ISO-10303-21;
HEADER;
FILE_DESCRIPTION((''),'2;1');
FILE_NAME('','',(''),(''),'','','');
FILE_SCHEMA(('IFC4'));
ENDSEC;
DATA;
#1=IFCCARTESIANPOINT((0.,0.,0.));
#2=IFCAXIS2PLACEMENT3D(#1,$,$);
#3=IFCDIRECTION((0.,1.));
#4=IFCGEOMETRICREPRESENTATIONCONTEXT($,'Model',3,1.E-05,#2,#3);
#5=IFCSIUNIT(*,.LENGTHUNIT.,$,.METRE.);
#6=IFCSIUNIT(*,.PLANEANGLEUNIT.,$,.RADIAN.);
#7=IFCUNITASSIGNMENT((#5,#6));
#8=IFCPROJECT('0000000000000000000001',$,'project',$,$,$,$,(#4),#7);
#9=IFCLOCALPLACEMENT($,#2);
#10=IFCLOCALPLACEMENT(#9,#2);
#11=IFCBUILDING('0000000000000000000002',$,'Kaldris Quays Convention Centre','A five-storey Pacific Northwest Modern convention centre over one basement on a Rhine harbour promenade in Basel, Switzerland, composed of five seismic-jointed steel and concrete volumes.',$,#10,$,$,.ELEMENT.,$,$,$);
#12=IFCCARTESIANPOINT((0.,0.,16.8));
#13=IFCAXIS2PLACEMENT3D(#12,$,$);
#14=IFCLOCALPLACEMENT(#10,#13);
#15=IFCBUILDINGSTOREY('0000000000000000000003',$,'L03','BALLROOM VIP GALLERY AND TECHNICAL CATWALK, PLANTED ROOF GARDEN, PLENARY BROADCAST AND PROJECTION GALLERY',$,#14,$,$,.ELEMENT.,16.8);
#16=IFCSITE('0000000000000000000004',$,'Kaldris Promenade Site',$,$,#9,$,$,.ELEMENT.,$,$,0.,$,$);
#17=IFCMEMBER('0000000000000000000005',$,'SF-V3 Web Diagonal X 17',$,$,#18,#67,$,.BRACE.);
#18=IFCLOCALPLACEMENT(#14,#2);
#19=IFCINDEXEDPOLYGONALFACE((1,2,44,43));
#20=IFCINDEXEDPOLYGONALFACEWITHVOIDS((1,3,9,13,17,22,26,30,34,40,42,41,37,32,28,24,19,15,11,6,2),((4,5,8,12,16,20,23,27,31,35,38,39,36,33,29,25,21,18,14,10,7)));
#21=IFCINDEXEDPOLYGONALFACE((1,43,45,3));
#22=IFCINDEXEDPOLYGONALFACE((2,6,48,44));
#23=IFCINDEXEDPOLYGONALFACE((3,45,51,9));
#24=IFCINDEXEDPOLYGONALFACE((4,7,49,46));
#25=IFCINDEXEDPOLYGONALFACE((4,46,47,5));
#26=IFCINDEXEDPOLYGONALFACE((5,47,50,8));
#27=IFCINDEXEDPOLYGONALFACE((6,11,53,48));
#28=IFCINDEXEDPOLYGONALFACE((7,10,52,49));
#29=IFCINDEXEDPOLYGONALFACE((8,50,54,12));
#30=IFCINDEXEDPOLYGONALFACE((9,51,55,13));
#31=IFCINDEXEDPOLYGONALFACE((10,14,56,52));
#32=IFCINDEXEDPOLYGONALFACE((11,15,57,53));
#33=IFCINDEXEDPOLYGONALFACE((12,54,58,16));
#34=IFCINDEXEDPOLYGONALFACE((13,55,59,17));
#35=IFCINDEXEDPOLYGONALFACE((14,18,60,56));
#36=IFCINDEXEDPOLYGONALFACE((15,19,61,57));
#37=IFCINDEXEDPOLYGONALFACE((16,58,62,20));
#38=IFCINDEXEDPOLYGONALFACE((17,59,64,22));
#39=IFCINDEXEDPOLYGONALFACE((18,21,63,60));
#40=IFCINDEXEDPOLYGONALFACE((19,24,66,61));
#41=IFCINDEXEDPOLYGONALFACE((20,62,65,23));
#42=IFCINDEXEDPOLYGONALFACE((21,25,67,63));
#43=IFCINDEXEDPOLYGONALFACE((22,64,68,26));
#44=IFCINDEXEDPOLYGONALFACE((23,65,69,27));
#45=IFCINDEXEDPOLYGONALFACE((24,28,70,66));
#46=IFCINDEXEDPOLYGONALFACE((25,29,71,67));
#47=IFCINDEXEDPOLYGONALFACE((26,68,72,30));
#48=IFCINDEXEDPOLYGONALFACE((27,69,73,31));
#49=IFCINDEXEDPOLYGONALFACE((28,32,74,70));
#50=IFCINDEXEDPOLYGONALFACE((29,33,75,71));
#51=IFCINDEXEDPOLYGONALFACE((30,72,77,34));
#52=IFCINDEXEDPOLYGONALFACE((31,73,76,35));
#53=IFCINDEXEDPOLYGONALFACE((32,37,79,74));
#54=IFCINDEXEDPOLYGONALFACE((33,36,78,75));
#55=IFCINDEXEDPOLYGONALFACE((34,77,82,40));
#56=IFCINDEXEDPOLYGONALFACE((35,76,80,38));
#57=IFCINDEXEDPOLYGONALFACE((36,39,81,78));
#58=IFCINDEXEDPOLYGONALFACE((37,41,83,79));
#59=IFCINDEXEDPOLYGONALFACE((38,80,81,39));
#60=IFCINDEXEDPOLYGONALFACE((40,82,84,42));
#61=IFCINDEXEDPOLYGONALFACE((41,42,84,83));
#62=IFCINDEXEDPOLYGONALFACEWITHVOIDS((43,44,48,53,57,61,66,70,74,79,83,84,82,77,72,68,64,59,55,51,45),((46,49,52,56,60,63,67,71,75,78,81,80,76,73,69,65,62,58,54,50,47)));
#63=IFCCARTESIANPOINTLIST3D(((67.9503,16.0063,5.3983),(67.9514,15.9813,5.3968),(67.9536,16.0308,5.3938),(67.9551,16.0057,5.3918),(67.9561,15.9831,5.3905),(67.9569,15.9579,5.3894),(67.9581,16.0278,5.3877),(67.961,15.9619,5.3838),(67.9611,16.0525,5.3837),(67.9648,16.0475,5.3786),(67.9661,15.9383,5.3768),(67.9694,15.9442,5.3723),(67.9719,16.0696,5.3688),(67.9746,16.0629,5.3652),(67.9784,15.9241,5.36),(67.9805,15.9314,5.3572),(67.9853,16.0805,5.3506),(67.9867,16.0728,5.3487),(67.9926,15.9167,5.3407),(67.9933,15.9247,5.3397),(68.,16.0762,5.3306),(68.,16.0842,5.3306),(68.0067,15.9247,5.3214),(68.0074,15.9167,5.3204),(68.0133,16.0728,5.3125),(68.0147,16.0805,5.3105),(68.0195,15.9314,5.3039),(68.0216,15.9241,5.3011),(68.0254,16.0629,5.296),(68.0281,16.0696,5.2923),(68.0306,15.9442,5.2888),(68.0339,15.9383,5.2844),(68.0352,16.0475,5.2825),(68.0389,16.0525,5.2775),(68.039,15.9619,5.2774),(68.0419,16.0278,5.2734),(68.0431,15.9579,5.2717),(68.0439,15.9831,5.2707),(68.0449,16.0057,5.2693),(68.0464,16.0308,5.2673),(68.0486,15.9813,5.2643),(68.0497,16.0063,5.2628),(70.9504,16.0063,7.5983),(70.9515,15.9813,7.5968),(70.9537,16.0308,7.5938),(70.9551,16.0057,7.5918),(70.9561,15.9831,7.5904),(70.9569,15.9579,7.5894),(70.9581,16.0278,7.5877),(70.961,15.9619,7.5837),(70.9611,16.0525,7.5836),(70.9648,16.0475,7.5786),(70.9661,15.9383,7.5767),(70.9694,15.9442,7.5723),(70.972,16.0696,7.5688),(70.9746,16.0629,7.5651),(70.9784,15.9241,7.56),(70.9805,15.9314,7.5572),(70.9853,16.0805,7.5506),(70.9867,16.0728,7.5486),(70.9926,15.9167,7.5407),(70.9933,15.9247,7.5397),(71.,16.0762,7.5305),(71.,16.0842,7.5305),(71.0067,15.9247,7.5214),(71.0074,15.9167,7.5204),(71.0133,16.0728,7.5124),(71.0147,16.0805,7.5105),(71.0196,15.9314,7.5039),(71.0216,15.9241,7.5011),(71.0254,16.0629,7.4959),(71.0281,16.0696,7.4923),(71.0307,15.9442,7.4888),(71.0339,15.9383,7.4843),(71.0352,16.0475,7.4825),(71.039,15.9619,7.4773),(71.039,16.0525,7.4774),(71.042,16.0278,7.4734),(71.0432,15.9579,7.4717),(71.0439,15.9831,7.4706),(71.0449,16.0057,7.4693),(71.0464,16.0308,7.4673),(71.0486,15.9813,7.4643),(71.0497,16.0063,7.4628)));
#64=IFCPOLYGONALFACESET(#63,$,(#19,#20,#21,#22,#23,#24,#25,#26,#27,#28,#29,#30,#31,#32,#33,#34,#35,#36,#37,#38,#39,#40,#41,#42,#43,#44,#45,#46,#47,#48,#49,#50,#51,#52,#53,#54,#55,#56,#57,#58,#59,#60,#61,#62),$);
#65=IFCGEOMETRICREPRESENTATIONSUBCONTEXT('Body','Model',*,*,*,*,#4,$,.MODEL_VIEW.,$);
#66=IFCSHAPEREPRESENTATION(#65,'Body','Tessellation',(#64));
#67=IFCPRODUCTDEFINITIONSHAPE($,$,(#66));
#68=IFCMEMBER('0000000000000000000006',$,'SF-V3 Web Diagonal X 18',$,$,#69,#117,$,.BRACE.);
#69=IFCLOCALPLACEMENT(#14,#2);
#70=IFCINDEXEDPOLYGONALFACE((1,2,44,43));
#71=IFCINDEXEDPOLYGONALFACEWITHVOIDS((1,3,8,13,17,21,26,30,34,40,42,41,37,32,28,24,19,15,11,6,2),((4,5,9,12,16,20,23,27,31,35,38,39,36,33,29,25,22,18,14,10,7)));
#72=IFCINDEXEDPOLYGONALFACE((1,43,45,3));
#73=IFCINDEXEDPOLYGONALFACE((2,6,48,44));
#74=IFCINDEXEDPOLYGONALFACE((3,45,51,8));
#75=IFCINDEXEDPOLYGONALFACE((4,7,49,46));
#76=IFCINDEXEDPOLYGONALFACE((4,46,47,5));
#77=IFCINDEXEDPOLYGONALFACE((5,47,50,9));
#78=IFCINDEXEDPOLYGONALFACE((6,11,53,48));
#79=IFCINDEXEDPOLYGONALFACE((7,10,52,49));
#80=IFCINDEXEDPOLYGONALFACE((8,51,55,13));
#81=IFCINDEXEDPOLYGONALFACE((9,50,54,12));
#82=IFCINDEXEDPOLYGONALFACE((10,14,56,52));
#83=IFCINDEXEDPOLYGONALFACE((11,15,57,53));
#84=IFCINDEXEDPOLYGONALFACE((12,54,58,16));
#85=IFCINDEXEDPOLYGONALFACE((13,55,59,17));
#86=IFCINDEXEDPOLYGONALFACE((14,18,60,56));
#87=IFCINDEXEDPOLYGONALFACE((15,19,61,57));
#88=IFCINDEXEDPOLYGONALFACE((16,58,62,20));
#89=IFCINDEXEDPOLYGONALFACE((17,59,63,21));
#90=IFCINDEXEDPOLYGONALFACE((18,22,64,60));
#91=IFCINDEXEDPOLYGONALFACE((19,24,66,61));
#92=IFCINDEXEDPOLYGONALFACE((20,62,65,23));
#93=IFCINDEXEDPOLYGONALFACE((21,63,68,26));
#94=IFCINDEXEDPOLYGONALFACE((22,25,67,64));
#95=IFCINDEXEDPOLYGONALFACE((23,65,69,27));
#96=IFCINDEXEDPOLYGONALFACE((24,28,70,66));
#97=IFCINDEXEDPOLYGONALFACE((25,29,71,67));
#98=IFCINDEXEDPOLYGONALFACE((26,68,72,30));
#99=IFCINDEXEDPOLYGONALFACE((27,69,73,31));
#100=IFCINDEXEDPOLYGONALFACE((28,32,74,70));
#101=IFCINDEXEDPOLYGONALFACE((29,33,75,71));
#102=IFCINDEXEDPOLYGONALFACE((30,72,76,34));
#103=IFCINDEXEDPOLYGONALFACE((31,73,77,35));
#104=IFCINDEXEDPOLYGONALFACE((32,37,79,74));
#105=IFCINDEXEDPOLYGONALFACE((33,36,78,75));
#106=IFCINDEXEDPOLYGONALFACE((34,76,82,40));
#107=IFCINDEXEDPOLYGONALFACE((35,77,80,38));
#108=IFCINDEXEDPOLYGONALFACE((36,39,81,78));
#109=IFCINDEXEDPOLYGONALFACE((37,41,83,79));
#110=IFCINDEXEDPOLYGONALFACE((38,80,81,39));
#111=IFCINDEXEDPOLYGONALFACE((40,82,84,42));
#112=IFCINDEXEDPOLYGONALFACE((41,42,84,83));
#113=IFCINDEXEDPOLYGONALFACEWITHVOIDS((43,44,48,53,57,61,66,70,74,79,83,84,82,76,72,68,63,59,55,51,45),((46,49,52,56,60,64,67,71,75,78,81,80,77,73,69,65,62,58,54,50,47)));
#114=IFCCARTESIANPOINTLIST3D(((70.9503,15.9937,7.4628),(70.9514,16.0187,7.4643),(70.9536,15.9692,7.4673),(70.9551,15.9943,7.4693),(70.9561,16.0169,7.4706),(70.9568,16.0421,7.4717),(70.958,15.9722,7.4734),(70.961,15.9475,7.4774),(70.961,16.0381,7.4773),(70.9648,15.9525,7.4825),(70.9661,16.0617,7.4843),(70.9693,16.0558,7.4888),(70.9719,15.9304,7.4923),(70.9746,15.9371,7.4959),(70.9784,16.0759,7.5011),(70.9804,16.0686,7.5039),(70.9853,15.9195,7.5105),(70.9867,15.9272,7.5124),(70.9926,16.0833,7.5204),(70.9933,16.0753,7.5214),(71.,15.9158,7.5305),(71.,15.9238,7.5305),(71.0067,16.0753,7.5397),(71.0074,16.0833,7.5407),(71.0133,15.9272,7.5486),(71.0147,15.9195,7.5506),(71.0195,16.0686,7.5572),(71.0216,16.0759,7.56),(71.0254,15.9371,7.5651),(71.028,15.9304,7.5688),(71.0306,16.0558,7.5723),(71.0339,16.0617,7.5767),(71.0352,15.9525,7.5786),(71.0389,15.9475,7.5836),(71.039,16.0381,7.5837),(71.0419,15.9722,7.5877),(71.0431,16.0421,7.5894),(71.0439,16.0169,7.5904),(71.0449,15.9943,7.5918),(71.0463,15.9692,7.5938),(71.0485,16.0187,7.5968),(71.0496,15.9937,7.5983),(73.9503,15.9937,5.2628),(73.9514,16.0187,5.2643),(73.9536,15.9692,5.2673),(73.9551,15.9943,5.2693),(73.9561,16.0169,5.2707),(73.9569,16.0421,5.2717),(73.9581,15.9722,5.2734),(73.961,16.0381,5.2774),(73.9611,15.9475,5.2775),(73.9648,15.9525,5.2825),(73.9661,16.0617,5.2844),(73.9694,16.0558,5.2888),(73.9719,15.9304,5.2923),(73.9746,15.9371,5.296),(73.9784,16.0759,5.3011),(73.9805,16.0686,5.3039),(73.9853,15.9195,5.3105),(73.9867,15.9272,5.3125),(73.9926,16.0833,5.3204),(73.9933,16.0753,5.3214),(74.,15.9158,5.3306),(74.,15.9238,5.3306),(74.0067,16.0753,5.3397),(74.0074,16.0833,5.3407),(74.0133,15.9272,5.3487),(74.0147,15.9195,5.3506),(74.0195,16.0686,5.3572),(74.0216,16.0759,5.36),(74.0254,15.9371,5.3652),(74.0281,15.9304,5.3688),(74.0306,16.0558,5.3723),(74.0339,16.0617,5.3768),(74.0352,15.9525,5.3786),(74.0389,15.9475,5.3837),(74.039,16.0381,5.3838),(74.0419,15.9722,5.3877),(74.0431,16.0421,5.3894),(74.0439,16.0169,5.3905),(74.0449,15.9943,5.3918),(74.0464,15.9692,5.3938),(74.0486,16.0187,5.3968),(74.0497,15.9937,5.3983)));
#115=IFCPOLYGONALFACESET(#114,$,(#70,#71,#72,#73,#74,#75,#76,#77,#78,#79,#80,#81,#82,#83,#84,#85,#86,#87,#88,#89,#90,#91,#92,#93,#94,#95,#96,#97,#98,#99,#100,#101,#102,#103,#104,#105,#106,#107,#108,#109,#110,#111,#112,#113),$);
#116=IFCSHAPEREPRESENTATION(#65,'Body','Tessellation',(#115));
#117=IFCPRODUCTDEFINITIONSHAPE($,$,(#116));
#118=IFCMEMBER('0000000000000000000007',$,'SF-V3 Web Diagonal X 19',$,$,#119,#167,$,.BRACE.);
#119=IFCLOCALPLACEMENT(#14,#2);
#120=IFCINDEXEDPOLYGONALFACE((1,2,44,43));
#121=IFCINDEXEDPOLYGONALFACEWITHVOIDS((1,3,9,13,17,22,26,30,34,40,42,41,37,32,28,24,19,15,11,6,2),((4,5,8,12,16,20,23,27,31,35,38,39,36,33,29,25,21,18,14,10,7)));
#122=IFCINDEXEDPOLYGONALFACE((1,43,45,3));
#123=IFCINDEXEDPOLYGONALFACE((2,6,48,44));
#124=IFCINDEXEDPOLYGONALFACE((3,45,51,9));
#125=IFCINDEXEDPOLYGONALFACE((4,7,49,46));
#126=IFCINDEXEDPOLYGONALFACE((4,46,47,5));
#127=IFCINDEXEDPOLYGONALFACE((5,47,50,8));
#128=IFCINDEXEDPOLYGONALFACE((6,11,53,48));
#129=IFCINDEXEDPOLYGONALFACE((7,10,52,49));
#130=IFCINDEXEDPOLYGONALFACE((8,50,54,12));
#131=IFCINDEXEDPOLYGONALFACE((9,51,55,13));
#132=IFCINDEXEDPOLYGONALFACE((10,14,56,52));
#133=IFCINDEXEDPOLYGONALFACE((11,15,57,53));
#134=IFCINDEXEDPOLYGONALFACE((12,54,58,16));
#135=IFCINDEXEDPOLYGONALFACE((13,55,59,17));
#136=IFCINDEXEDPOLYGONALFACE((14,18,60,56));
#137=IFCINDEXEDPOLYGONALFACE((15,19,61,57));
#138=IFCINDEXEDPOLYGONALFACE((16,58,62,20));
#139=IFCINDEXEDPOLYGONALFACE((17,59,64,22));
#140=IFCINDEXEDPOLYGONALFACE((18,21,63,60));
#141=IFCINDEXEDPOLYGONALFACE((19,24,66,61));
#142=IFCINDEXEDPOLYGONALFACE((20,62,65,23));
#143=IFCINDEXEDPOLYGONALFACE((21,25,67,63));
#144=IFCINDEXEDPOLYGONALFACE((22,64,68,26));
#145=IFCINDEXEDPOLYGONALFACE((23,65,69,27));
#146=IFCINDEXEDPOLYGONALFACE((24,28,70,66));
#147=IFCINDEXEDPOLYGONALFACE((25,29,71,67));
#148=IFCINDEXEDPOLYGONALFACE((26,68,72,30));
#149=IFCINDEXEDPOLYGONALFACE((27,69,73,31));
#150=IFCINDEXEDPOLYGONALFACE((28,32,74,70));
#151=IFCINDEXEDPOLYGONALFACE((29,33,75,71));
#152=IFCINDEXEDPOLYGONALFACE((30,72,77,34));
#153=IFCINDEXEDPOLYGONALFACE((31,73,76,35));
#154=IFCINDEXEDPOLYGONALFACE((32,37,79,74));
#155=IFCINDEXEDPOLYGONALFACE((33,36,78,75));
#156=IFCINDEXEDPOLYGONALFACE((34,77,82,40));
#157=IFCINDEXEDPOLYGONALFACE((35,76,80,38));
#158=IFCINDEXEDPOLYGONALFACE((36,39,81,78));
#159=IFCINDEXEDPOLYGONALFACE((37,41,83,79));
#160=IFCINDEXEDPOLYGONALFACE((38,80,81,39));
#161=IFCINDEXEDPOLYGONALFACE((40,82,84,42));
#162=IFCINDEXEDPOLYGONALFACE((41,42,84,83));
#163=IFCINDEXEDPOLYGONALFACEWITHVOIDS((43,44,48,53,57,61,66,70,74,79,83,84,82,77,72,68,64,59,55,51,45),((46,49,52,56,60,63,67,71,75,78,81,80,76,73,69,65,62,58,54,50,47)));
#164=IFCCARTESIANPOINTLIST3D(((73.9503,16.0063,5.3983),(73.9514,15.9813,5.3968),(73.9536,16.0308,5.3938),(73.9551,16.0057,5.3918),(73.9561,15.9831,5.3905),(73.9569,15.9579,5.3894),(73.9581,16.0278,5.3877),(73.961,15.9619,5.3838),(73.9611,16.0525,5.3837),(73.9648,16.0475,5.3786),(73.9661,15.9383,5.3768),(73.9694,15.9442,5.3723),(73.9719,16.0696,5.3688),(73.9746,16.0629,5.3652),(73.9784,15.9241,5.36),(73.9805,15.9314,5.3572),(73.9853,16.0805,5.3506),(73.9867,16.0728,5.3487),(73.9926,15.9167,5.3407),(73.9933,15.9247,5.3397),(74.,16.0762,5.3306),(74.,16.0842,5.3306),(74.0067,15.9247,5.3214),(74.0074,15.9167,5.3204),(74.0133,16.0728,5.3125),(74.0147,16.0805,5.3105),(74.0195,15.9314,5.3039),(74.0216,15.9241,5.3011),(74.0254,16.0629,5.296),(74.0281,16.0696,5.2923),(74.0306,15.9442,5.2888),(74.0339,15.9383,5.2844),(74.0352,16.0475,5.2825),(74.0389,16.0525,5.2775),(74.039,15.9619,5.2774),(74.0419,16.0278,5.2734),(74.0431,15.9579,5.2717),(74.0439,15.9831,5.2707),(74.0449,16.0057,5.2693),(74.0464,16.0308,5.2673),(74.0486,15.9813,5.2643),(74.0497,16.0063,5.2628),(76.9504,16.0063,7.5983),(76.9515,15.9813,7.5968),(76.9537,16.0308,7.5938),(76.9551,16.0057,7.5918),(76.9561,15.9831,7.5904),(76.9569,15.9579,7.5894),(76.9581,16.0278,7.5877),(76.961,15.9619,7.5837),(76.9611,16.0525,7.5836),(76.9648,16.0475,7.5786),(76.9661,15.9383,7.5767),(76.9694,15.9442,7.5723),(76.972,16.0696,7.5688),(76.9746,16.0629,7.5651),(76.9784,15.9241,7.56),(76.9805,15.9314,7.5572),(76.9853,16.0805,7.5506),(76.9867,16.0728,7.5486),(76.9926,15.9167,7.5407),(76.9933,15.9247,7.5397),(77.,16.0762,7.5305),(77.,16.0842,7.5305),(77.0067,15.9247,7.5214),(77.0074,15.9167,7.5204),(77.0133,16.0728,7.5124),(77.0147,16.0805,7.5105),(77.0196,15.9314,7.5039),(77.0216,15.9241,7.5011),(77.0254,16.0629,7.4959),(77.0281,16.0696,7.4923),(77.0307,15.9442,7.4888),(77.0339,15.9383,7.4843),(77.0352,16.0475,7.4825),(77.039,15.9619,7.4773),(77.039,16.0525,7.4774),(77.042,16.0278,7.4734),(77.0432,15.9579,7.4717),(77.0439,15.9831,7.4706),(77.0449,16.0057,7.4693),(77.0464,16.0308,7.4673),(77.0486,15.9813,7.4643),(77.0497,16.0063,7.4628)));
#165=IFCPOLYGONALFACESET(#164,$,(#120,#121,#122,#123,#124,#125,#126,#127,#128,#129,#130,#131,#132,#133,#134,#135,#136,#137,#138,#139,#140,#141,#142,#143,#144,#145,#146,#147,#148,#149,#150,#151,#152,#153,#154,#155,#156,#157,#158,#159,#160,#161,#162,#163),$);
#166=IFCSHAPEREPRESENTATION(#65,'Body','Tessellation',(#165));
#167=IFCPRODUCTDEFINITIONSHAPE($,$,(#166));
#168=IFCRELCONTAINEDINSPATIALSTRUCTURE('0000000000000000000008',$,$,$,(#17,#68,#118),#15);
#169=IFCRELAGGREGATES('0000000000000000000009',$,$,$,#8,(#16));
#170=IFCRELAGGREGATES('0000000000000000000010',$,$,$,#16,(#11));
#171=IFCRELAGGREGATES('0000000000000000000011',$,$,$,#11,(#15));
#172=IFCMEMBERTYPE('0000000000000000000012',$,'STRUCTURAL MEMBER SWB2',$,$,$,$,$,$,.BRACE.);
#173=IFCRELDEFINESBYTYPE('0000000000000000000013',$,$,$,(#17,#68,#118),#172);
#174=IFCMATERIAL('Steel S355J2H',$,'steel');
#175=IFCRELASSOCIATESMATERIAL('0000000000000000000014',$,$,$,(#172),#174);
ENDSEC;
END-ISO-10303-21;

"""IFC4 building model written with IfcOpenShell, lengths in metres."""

from ifc_helpers import new_model, si_unit, direction, frame, origin, origin_2d, place, context, subcontext, project, spatial, hollow_circle, extrude, material, material_profile, profile_set, type_object, element, save


model = new_model("IFC4")

# Units and contexts
model_context = context("Model", 3, precision=1e-05, world=origin(), true_north=direction((0.0, 1.0)))
body_context = subcontext(model_context, "Body", "Model", "MODEL_VIEW")
ifc_project = project(units=[si_unit("LENGTHUNIT", "METRE"), si_unit("PLANEANGLEUNIT", "RADIAN")], contexts=[model_context])

# Site, building, storey
site_placement = place(None, origin())
site = spatial("IfcSite", under=ifc_project, at=site_placement, Name="Kaldris Promenade Site", CompositionType="ELEMENT", RefElevation=0.0)
building_placement = place(site_placement, origin())
building = spatial("IfcBuilding", under=site, at=building_placement, Name="Kaldris Quays Convention Centre", Description="A five-storey Pacific Northwest Modern convention centre over one basement on a Rhine harbour promenade in Basel, Switzerland, composed of five seismic-jointed steel and concrete volumes.", CompositionType="ELEMENT")
storey_placement = place(building_placement, frame((0.0, 0.0, 16.8)))
storey = spatial("IfcBuildingStorey", under=building, at=storey_placement, Name="L03", Description="BALLROOM VIP GALLERY AND TECHNICAL CATWALK, PLANTED ROOF GARDEN, PLENARY BROADCAST AND PROJECTION GALLERY", CompositionType="ELEMENT", Elevation=16.8)

# Members
ifc_material_1 = material(Name="Steel S355J2H", Category="steel")
ifc_material_profile_1 = material_profile(ifc_material_1, hollow_circle(Radius=0.0842, WallThickness=0.0081, at=origin_2d()), Name="CHS 168.3x8")
ifc_profile_set_1 = profile_set([ifc_material_profile_1], Name="Steel S355J2H")
member_type_1 = type_object("IfcMemberType", Name="STRUCTURAL MEMBER SWB2", PredefinedType="BRACE", material=ifc_profile_set_1)
for number, where, z_axis, x_axis, name in (
    (1, (68.0, 16.0, 5.3306), (0.806411, 0.0, 0.591355), (0.0, 1.0, 0.0), "SF-V3 Web Diagonal X 17"),
    (2, (74.0, 16.0, 5.3306), (-0.806411, 0.0, 0.591355), (0.0, -1.0, 0.0), "SF-V3 Web Diagonal X 18"),
    (3, (74.0, 16.0, 5.3306), (0.806411, 0.0, 0.591355), (0.0, 1.0, 0.0), "SF-V3 Web Diagonal X 19"),
):
    element("IfcMember", number, at=place(storey_placement, frame(where, z_axis=z_axis, x_axis=x_axis)), inside=storey, type_object=member_type_1, Name=name, PredefinedType="BRACE", context=body_context, shape_type="SweptSolid", body=[
        extrude(hollow_circle(Radius=0.0842, WallThickness=0.0081, at=origin_2d()), origin(), (0.0, 0.0, 1.0), 3.7202),
    ])

save(model, "model.ifc")
